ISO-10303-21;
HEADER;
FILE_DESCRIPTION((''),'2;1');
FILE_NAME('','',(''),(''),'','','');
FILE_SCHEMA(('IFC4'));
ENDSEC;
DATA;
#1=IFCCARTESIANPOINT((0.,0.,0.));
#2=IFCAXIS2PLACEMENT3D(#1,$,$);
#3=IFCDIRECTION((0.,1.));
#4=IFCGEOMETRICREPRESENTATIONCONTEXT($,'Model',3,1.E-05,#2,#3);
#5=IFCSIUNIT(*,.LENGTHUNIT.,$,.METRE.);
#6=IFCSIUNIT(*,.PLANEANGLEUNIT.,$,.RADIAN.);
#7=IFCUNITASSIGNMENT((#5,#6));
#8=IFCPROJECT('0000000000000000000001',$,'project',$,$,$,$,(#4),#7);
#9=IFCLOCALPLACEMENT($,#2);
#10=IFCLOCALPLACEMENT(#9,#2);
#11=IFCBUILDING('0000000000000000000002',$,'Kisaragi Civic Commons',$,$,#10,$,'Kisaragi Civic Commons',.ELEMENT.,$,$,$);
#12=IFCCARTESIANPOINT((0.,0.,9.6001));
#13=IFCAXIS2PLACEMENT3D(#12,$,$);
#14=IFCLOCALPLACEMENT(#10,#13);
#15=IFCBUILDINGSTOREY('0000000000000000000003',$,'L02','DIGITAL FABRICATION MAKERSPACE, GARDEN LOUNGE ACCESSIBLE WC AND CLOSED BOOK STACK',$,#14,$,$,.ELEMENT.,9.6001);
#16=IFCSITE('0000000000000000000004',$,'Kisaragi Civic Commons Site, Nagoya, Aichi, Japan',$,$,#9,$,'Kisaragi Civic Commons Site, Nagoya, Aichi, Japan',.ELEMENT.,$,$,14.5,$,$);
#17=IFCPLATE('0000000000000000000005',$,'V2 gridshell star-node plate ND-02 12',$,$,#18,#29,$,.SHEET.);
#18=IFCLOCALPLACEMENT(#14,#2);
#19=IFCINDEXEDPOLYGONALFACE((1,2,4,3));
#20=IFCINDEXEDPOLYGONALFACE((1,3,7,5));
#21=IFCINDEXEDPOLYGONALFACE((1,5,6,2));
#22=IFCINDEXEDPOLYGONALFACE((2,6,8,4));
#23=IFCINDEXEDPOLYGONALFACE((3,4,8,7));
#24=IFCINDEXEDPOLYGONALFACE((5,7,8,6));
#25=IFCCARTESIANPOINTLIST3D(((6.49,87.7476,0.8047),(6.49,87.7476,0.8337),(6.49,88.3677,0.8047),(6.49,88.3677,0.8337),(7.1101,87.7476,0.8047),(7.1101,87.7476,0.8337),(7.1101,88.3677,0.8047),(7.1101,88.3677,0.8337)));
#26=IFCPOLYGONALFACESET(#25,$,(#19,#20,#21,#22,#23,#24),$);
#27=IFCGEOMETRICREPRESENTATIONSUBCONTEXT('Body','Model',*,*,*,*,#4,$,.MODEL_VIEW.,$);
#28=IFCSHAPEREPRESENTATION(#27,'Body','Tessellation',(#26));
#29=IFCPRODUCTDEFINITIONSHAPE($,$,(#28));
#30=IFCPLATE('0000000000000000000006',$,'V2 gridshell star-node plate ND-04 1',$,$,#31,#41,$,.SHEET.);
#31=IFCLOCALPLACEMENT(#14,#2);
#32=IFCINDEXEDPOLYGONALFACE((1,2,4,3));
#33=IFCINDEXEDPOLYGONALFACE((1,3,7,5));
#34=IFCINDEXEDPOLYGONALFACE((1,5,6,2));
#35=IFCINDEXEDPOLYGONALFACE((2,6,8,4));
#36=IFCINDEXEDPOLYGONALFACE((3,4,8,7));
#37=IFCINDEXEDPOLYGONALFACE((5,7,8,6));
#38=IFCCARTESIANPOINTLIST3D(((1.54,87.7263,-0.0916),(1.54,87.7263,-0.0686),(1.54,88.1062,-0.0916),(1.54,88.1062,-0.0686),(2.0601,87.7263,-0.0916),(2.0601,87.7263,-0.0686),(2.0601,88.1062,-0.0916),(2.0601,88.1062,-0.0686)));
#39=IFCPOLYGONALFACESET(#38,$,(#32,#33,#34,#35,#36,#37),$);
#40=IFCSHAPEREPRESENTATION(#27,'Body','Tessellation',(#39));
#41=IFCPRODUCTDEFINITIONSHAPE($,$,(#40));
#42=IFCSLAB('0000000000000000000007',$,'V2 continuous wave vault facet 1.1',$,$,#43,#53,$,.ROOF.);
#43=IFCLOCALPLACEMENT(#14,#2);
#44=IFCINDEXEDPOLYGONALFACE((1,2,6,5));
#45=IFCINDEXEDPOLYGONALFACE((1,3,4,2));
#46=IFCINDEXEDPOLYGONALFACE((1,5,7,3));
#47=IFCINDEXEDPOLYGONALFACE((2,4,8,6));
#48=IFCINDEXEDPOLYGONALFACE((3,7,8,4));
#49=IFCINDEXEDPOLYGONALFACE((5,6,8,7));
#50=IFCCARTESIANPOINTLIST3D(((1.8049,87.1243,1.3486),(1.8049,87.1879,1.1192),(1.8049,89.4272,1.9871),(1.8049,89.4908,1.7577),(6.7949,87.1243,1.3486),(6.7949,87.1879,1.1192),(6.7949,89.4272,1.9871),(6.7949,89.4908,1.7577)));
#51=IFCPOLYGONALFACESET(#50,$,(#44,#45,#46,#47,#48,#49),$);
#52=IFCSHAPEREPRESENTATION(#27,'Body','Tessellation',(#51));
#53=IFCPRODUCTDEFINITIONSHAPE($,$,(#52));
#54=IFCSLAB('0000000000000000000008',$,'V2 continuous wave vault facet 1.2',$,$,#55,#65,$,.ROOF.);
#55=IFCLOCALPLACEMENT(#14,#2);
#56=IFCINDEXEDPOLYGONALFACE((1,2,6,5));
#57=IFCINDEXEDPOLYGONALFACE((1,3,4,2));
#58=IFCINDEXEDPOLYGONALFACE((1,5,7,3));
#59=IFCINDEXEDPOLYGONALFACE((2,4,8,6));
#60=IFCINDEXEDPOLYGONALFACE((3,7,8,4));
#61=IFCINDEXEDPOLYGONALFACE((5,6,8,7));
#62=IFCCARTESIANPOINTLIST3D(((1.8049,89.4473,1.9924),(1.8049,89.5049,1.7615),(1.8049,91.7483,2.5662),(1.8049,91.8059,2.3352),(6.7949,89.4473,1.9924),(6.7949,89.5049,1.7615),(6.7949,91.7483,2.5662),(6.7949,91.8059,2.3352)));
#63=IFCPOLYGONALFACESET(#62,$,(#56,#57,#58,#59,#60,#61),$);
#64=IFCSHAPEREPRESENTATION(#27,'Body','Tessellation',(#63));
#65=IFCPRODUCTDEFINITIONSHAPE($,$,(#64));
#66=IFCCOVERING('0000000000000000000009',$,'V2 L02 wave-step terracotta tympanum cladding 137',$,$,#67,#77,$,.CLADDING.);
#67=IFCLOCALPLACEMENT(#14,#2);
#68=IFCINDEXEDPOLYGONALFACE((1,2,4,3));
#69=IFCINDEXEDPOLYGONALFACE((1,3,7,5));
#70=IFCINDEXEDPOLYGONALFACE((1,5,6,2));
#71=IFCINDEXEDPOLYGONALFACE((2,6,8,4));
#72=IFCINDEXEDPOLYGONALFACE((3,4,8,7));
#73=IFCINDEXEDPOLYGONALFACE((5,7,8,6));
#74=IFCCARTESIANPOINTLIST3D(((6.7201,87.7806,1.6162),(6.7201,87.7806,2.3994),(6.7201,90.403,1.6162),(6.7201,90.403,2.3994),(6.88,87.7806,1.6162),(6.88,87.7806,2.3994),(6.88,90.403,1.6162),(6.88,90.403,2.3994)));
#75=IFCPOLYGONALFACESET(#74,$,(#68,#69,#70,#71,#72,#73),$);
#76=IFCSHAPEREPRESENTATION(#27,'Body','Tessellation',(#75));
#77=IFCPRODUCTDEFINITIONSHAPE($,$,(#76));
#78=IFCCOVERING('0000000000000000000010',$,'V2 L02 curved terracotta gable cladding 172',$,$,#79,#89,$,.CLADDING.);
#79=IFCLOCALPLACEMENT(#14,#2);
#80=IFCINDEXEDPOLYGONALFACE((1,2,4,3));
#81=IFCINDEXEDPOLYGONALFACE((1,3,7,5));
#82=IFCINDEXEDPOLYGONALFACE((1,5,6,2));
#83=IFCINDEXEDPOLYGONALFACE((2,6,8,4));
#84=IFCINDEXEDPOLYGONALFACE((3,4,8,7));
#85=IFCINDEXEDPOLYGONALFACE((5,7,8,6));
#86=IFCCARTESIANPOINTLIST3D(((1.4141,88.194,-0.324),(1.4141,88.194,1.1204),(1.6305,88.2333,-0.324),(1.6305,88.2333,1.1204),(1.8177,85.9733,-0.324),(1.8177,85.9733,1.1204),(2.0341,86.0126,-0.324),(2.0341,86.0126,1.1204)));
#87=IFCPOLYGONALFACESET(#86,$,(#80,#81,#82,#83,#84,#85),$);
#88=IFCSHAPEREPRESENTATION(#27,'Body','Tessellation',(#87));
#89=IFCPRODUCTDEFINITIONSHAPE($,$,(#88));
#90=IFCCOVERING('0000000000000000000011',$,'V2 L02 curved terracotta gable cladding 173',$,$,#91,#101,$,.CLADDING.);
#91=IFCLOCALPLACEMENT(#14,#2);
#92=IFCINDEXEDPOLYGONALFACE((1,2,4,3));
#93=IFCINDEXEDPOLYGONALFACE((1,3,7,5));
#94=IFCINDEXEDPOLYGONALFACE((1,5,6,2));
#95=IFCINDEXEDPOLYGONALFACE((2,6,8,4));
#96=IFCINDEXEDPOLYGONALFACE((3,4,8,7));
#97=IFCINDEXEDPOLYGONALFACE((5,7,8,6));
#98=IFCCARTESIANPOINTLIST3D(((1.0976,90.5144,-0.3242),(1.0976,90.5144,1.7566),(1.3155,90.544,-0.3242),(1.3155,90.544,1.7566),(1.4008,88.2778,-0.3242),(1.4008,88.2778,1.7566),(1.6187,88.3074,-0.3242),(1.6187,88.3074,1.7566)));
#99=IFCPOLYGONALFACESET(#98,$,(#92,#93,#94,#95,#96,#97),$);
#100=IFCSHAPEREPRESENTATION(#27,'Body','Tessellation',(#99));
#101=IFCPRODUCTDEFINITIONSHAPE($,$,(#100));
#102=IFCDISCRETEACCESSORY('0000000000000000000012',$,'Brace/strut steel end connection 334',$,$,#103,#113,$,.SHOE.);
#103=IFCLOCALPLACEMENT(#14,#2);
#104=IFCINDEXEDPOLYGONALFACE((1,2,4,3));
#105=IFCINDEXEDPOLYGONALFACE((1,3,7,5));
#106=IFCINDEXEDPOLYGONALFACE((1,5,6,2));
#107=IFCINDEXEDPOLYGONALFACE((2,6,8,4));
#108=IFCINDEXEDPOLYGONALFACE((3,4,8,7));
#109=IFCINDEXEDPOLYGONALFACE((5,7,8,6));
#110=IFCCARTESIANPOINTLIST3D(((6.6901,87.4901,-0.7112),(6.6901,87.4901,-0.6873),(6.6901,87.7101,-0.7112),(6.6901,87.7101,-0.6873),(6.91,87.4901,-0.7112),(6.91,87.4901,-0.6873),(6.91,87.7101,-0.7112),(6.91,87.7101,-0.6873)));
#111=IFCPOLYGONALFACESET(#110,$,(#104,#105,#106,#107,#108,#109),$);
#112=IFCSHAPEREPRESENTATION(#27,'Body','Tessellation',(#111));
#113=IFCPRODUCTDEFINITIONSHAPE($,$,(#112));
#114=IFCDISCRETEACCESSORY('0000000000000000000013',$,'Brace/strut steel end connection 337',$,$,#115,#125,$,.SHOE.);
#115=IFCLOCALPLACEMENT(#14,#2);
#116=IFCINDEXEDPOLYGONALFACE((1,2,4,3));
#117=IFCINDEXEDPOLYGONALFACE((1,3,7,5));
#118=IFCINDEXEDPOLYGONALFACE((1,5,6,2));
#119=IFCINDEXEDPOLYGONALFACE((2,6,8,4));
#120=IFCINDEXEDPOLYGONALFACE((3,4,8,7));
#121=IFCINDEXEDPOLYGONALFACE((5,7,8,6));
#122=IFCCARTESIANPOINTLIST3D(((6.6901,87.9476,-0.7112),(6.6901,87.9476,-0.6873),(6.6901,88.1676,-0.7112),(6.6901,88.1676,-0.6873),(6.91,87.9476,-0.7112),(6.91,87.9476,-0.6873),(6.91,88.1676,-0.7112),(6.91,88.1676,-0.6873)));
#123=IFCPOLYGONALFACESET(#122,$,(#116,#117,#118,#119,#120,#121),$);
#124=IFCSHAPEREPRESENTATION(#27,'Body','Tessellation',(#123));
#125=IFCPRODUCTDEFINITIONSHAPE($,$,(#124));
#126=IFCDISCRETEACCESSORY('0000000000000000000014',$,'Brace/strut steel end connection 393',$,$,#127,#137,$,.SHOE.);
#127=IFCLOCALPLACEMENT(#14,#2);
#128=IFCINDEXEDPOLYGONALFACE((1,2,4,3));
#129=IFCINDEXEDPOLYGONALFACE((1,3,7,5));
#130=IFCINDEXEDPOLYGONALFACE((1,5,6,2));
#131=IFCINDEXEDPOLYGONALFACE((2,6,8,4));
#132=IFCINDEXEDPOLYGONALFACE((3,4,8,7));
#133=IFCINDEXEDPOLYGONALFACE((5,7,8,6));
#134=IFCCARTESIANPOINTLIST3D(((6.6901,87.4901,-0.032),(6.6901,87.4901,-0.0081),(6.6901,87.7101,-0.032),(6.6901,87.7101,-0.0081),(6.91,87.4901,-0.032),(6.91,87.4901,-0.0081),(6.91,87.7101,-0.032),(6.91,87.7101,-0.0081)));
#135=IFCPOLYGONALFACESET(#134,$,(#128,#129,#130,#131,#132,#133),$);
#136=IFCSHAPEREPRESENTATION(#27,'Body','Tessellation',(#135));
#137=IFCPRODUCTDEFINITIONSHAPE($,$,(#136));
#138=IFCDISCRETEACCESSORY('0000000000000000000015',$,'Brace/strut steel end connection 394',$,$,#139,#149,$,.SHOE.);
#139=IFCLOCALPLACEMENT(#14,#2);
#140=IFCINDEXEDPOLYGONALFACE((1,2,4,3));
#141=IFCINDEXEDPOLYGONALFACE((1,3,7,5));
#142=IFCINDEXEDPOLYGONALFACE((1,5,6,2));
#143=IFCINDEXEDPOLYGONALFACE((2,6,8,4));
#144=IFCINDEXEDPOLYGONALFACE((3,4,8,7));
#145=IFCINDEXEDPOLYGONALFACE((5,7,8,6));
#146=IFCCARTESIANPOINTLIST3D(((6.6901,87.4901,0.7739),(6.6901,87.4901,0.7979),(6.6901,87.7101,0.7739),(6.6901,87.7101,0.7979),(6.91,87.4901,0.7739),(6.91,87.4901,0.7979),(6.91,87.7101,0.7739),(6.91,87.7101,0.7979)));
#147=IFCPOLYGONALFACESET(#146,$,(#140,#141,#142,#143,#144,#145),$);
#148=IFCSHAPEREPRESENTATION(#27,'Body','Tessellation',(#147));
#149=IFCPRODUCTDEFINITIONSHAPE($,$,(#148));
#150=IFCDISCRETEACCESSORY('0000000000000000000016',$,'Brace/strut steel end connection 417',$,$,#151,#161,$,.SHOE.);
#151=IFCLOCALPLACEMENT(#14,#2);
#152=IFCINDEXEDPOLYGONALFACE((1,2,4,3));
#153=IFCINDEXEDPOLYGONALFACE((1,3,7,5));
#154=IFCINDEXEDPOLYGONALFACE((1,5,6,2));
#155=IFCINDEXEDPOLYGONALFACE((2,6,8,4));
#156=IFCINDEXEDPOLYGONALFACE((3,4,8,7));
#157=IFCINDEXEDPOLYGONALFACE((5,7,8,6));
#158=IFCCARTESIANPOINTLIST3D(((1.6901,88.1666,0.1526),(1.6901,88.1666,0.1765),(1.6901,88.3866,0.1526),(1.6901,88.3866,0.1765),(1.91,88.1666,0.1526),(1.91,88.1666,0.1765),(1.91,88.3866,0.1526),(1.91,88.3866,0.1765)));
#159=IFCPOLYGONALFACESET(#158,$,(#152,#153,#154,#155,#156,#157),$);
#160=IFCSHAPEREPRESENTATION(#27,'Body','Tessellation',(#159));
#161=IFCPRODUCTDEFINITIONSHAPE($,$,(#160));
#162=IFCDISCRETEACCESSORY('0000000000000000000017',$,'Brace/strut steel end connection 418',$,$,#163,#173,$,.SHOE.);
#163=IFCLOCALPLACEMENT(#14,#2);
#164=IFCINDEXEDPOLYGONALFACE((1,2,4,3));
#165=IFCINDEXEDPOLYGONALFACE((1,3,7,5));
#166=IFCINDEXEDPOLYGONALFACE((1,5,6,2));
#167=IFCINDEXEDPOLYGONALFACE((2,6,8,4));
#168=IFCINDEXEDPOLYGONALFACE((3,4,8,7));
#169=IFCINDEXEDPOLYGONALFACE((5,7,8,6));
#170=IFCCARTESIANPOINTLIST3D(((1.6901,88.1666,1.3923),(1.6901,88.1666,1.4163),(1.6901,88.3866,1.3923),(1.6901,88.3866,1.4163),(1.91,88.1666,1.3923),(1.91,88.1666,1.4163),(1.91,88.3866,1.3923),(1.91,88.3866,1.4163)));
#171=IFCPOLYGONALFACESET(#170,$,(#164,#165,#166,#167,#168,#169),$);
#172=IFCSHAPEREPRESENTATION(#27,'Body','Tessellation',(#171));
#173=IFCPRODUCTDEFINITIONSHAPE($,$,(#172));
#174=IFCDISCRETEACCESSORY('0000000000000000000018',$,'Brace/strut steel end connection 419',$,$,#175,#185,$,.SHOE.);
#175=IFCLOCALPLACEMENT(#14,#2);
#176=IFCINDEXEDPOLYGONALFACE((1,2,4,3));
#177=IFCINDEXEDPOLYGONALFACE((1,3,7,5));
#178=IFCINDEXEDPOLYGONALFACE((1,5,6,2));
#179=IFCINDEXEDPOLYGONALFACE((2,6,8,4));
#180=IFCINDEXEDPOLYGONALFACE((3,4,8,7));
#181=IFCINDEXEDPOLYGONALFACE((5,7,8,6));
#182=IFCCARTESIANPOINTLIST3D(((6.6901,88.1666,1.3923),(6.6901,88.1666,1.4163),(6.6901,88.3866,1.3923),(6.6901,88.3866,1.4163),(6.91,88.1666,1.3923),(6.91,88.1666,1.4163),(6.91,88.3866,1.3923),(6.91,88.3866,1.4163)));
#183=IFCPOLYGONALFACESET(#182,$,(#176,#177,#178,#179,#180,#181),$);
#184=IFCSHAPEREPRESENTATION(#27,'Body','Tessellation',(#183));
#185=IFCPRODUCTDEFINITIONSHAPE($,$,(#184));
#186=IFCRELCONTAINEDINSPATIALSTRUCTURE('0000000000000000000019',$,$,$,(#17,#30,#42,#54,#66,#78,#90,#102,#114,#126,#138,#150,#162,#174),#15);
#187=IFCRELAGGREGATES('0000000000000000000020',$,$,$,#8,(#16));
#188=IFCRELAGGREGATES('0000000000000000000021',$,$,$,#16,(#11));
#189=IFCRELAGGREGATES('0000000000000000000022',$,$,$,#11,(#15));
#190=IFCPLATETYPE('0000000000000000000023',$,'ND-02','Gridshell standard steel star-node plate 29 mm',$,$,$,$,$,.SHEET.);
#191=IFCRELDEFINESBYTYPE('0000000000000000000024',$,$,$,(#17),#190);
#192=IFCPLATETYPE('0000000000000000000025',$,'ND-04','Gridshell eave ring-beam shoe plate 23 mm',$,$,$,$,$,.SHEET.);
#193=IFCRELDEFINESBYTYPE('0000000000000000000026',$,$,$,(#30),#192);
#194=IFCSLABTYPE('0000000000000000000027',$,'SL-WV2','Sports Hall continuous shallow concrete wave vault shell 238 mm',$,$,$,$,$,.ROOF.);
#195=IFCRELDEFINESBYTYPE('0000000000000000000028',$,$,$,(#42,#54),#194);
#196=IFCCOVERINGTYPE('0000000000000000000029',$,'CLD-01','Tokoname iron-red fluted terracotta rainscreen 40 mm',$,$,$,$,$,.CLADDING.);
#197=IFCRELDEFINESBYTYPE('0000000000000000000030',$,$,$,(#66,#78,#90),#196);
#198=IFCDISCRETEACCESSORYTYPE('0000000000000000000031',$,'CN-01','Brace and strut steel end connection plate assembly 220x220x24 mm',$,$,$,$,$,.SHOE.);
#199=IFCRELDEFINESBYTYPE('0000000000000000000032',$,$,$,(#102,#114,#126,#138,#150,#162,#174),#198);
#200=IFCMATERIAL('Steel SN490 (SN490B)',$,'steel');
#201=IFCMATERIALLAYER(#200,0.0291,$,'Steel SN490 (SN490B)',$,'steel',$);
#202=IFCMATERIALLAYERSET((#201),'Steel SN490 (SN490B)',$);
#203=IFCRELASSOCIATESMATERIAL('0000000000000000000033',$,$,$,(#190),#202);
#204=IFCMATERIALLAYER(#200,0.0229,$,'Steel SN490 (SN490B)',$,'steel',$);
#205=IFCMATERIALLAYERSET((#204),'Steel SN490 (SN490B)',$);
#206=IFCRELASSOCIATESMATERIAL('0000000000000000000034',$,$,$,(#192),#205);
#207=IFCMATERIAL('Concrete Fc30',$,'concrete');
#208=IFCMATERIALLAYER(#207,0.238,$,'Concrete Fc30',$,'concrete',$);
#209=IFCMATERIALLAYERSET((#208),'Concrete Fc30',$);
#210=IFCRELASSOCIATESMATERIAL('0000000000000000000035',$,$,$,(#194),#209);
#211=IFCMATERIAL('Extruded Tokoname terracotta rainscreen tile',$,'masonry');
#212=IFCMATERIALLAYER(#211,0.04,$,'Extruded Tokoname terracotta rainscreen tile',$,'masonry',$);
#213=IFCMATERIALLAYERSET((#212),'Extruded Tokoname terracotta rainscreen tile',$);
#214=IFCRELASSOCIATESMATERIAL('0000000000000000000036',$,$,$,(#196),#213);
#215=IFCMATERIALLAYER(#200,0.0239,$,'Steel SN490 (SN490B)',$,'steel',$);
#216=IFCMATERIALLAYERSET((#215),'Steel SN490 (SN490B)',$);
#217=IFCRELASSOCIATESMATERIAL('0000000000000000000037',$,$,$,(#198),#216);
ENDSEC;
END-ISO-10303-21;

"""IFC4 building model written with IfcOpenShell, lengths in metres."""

from ifc_helpers import new_model, si_unit, direction, frame, origin, origin_2d, place, context, subcontext, project, spatial, polyline, rectangle, outline, extrude, material, layer, layer_set, type_object, element, save


model = new_model("IFC4")

# Units and contexts
model_context = context("Model", 3, precision=1e-05, world=origin(), true_north=direction((0.0, 1.0)))
body_context = subcontext(model_context, "Body", "Model", "MODEL_VIEW")
ifc_project = project(units=[si_unit("LENGTHUNIT", "METRE"), si_unit("PLANEANGLEUNIT", "RADIAN")], contexts=[model_context])

# Site, building, storey
site_placement = place(None, origin())
site = spatial("IfcSite", under=ifc_project, at=site_placement, Name="Kisaragi Civic Commons Site, Nagoya, Aichi, Japan", LongName="Kisaragi Civic Commons Site, Nagoya, Aichi, Japan", CompositionType="ELEMENT", RefElevation=14.5)
building_placement = place(site_placement, origin())
building = spatial("IfcBuilding", under=site, at=building_placement, Name="Kisaragi Civic Commons", LongName="Kisaragi Civic Commons", CompositionType="ELEMENT")
storey_placement = place(building_placement, frame((0.0, 0.0, 9.6001)))
storey = spatial("IfcBuildingStorey", under=building, at=storey_placement, Name="L02", Description="DIGITAL FABRICATION MAKERSPACE, GARDEN LOUNGE ACCESSIBLE WC AND CLOSED BOOK STACK", CompositionType="ELEMENT", Elevation=9.6001)

# Shared definitions
ifc_material_1 = material(Name="Steel SN490 (SN490B)", Category="steel")

# Plates
ifc_layer_1 = layer(ifc_material_1, 0.0291, Name="Steel SN490 (SN490B)", Category="steel")
ifc_layer_set_1 = layer_set([ifc_layer_1], Name="Steel SN490 (SN490B)")
plate_type_1 = type_object("IfcPlateType", Name="ND-02", Description="Gridshell standard steel star-node plate 29 mm", PredefinedType="SHEET", material=ifc_layer_set_1)
for number, where, z_axis, x_axis, name in (
    (1, (6.8, 88.0576, 0.8047), (0.0, 0.0, 1.0), (1.0, 0.0, 0.0), "V2 gridshell star-node plate ND-02 12"),
):
    element("IfcPlate", number, at=place(storey_placement, frame(where, z_axis=z_axis, x_axis=x_axis)), inside=storey, type_object=plate_type_1, Name=name, PredefinedType="SHEET", context=body_context, shape_type="SweptSolid", body=[
        extrude(rectangle(XDim=0.6201, YDim=0.6201, at=origin_2d()), origin(), (0.0, 0.0, 1.0), 0.0291),
    ])
ifc_layer_2 = layer(ifc_material_1, 0.0229, Name="Steel SN490 (SN490B)", Category="steel")
ifc_layer_set_2 = layer_set([ifc_layer_2], Name="Steel SN490 (SN490B)")
plate_type_2 = type_object("IfcPlateType", Name="ND-04", Description="Gridshell eave ring-beam shoe plate 23 mm", PredefinedType="SHEET", material=ifc_layer_set_2)
plate_1_placement = place(storey_placement, frame((1.8, 87.9163, -0.0916), z_axis=(0.0, 0.0, 1.0), x_axis=(1.0, 0.0, 0.0)))
element("IfcPlate", 2, at=plate_1_placement, inside=storey, type_object=plate_type_2, Name="V2 gridshell star-node plate ND-04 1", PredefinedType="SHEET", context=body_context, shape_type="SweptSolid", body=[
    extrude(rectangle(XDim=0.52, YDim=0.3799, at=origin_2d()), origin(), (0.0, 0.0, 1.0), 0.0229),
])

# Slabs
ifc_material_2 = material(Name="Concrete Fc30", Category="concrete")
ifc_layer_3 = layer(ifc_material_2, 0.238, Name="Concrete Fc30", Category="concrete")
ifc_layer_set_3 = layer_set([ifc_layer_3], Name="Concrete Fc30")
slab_type = type_object("IfcSlabType", Name="SL-WV2", Description="Sports Hall continuous shallow concrete wave vault shell 238 mm", PredefinedType="ROOF", material=ifc_layer_set_3)
slab_1_placement = place(storey_placement, frame((1.8049, 87.1243, 1.3486), z_axis=(0.0, -0.267143, 0.963657), x_axis=(1.0, 0.0, 0.0)))
element("IfcSlab", 3, at=slab_1_placement, inside=storey, type_object=slab_type, Name="V2 continuous wave vault facet 1.1", PredefinedType="ROOF", context=body_context, shape_type="SweptSolid", body=[
    extrude(outline(polyline([(0.0, 0.0), (4.99, 0.0), (4.99, 2.3898), (0.0, 2.3898), (0.0, 0.0)])), origin(), (0.0, 0.0, -1.0), 0.238),
])
slab_2_placement = place(storey_placement, frame((1.8049, 89.4473, 1.9924), z_axis=(0.0, -0.24193, 0.970294), x_axis=(1.0, 0.0, 0.0)))
element("IfcSlab", 4, at=slab_2_placement, inside=storey, type_object=slab_type, Name="V2 continuous wave vault facet 1.2", PredefinedType="ROOF", context=body_context, shape_type="SweptSolid", body=[
    extrude(outline(polyline([(0.0, 0.0), (4.99, 0.0), (4.99, 2.3715), (0.0, 2.3715), (0.0, 0.0)])), origin(), (0.0, 0.0, -1.0), 0.238),
])

# Coverings
ifc_material_3 = material(Name="Extruded Tokoname terracotta rainscreen tile", Category="masonry")
ifc_layer_4 = layer(ifc_material_3, 0.04, Name="Extruded Tokoname terracotta rainscreen tile", Category="masonry")
ifc_layer_set_4 = layer_set([ifc_layer_4], Name="Extruded Tokoname terracotta rainscreen tile")
covering_type = type_object("IfcCoveringType", Name="CLD-01", Description="Tokoname iron-red fluted terracotta rainscreen 40 mm", PredefinedType="CLADDING", material=ifc_layer_set_4)
covering_1_placement = place(storey_placement, frame((6.8, 89.0918, 1.6162), z_axis=(0.0, 0.0, 1.0), x_axis=(0.0, 1.0, 0.0)))
element("IfcCovering", 5, at=covering_1_placement, inside=storey, type_object=covering_type, Name="V2 L02 wave-step terracotta tympanum cladding 137", PredefinedType="CLADDING", context=body_context, shape_type="SweptSolid", body=[
    extrude(rectangle(XDim=2.6223, YDim=0.1599, at=origin_2d()), origin(), (0.0, 0.0, 1.0), 0.7832),
])
covering_2_placement = place(storey_placement, frame((1.7241, 87.1033, -0.324), z_axis=(0.0, 0.0, 1.0), x_axis=(-0.178802, 0.983885, 0.0)))
element("IfcCovering", 6, at=covering_2_placement, inside=storey, type_object=covering_type, Name="V2 L02 curved terracotta gable cladding 172", PredefinedType="CLADDING", context=body_context, shape_type="SweptSolid", body=[
    extrude(rectangle(XDim=2.2571, YDim=0.22, at=origin_2d()), origin(), (0.0, 0.0, 1.0), 1.4443),
])
covering_3_placement = place(storey_placement, frame((1.3582, 89.4109, -0.3242), z_axis=(0.0, 0.0, 1.0), x_axis=(-0.134332, 0.990936, 0.0)))
element("IfcCovering", 7, at=covering_3_placement, inside=storey, type_object=covering_type, Name="V2 L02 curved terracotta gable cladding 173", PredefinedType="CLADDING", context=body_context, shape_type="SweptSolid", body=[
    extrude(rectangle(XDim=2.2571, YDim=0.22, at=origin_2d()), origin(), (0.0, 0.0, 1.0), 2.0808),
])

# Discrete accessories
ifc_layer_5 = layer(ifc_material_1, 0.0239, Name="Steel SN490 (SN490B)", Category="steel")
ifc_layer_set_5 = layer_set([ifc_layer_5], Name="Steel SN490 (SN490B)")
discrete_accessory_type = type_object("IfcDiscreteAccessoryType", Name="CN-01", Description="Brace and strut steel end connection plate assembly 220x220x24 mm", PredefinedType="SHOE", material=ifc_layer_set_5)
for number, where, z_axis, x_axis, name in (
    (8, (6.8, 87.6001, -0.7112), (0.0, 0.0, 1.0), (1.0, 0.0, 0.0), "Brace/strut steel end connection 334"),
    (9, (6.8, 88.0576, -0.7112), (0.0, 0.0, 1.0), (1.0, 0.0, 0.0), "Brace/strut steel end connection 337"),
    (10, (6.8, 87.6001, -0.032), (0.0, 0.0, 1.0), (1.0, 0.0, 0.0), "Brace/strut steel end connection 393"),
    (11, (6.8, 87.6001, 0.7739), (0.0, 0.0, 1.0), (1.0, 0.0, 0.0), "Brace/strut steel end connection 394"),
    (12, (1.8, 88.2766, 0.1526), (0.0, 0.0, 1.0), (1.0, 0.0, 0.0), "Brace/strut steel end connection 417"),
    (13, (1.8, 88.2766, 1.3923), (0.0, 0.0, 1.0), (1.0, 0.0, 0.0), "Brace/strut steel end connection 418"),
    (14, (6.8, 88.2766, 1.3923), (0.0, 0.0, 1.0), (1.0, 0.0, 0.0), "Brace/strut steel end connection 419"),
):
    element("IfcDiscreteAccessory", number, at=place(storey_placement, frame(where, z_axis=z_axis, x_axis=x_axis)), inside=storey, type_object=discrete_accessory_type, Name=name, PredefinedType="SHOE", context=body_context, shape_type="SweptSolid", body=[
        extrude(rectangle(XDim=0.22, YDim=0.22, at=origin_2d()), origin(), (0.0, 0.0, 1.0), 0.0239),
    ])

save(model, "model.ifc")
